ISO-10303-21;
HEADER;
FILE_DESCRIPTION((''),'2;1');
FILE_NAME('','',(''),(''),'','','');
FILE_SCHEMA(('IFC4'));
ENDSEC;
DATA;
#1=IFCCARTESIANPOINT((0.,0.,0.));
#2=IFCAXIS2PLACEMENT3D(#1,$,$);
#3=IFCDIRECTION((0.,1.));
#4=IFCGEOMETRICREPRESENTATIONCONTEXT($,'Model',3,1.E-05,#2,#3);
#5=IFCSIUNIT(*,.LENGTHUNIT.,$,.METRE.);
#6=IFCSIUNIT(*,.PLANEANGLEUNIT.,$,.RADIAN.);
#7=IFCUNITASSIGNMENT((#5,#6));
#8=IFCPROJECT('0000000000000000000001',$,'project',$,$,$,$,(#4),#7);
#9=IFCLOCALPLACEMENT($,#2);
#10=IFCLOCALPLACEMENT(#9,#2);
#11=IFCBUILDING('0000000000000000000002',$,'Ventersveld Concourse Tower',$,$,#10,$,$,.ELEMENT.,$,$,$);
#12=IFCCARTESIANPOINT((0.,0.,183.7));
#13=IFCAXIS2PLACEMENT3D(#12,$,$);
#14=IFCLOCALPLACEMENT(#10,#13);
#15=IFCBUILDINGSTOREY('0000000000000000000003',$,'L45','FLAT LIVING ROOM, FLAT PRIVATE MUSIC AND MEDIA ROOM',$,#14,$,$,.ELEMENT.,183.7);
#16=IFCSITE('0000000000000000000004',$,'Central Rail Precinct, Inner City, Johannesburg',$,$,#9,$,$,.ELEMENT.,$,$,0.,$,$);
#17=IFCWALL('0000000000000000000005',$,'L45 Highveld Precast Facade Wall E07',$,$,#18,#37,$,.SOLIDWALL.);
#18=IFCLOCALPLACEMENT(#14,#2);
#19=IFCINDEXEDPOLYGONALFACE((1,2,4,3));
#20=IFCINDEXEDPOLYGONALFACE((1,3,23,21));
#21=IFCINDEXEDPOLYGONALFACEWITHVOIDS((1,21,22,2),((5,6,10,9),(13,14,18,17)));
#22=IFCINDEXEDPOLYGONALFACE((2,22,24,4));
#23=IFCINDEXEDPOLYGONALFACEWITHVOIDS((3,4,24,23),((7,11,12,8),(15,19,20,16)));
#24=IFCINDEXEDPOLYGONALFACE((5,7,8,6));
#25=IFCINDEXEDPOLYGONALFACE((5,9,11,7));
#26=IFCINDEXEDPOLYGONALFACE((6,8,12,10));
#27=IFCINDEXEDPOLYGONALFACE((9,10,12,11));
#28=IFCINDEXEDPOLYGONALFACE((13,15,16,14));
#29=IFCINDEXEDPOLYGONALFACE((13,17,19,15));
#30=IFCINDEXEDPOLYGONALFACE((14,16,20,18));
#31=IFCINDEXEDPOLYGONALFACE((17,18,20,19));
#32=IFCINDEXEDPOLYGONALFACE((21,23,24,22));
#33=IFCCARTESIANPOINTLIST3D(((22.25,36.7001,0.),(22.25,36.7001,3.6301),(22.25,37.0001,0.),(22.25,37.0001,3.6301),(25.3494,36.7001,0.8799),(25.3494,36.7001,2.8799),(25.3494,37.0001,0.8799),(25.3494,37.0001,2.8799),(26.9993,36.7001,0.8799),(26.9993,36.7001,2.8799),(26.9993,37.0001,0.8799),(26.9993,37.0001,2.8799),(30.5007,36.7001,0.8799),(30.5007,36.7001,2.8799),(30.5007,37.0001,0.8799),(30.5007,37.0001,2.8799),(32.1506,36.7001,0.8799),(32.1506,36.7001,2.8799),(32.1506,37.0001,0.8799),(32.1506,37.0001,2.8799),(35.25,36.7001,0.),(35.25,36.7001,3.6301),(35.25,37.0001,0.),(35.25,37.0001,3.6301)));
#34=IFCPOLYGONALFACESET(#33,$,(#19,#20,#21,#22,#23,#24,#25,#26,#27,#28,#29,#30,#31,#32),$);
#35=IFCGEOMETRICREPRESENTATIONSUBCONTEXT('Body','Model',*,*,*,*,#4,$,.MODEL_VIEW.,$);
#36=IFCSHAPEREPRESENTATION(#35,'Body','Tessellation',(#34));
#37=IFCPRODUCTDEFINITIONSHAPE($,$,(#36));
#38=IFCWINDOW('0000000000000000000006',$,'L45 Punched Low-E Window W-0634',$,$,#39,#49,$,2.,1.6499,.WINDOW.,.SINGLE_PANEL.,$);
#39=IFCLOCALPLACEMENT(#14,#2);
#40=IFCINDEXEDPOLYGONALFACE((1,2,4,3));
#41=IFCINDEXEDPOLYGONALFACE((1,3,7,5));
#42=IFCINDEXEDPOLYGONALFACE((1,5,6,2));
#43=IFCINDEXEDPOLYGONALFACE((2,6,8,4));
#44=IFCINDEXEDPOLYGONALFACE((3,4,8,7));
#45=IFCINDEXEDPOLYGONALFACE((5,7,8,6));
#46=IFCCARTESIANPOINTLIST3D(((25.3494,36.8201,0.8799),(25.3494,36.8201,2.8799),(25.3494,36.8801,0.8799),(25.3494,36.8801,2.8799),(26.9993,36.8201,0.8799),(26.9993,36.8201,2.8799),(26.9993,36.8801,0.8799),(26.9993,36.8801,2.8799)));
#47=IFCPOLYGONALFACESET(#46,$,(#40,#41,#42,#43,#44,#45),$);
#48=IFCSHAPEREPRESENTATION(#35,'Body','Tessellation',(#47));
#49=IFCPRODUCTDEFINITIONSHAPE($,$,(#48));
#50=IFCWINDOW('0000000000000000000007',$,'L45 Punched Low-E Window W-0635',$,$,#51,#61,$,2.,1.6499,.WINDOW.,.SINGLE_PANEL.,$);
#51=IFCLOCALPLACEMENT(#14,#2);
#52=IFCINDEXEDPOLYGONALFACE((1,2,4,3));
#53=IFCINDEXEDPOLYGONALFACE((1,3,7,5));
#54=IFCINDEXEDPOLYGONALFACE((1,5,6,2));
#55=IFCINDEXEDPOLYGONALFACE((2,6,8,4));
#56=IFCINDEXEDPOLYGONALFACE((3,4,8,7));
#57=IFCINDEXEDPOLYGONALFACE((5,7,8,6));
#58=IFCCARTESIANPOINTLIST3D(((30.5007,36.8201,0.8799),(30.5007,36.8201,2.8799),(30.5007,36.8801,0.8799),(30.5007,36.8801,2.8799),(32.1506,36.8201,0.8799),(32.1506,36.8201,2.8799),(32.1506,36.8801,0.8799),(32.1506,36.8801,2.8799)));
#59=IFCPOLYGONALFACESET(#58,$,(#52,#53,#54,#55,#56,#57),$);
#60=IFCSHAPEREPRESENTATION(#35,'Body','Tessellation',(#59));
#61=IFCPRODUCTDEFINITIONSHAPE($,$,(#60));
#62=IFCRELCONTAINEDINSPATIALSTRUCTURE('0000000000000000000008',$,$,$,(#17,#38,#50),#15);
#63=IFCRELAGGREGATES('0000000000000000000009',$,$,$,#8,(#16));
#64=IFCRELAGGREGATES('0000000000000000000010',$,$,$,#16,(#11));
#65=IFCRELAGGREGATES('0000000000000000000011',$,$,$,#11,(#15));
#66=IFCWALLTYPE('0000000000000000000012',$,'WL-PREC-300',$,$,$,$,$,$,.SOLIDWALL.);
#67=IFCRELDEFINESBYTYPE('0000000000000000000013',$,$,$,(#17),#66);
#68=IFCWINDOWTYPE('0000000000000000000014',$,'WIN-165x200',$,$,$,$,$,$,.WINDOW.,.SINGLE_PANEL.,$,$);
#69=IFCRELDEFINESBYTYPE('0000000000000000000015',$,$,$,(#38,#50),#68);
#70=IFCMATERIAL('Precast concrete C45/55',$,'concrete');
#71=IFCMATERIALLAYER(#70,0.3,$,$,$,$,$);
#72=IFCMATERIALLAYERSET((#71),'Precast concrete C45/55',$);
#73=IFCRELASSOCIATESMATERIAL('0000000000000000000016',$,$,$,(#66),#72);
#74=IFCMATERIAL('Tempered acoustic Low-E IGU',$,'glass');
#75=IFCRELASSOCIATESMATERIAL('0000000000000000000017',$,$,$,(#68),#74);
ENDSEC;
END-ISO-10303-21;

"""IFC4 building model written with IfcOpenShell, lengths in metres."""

from ifc_helpers import new_model, si_unit, direction, frame, frame_2d, origin, place, context, subcontext, project, spatial, rectangle, extrude, material, layer, layer_set, type_object, element, fill, save


model = new_model("IFC4")

# Units and contexts
model_context = context("Model", 3, precision=1e-05, world=origin(), true_north=direction((0.0, 1.0)))
body_context = subcontext(model_context, "Body", "Model", "MODEL_VIEW")
ifc_project = project(units=[si_unit("LENGTHUNIT", "METRE"), si_unit("PLANEANGLEUNIT", "RADIAN")], contexts=[model_context])

# Site, building, storey
site_placement = place(None, origin())
site = spatial("IfcSite", under=ifc_project, at=site_placement, Name="Central Rail Precinct, Inner City, Johannesburg", CompositionType="ELEMENT", RefElevation=0.0)
building_placement = place(site_placement, origin())
building = spatial("IfcBuilding", under=site, at=building_placement, Name="Ventersveld Concourse Tower", CompositionType="ELEMENT")
storey_placement = place(building_placement, frame((0.0, 0.0, 183.7)))
storey = spatial("IfcBuildingStorey", under=building, at=storey_placement, Name="L45", Description="FLAT LIVING ROOM, FLAT PRIVATE MUSIC AND MEDIA ROOM", CompositionType="ELEMENT", Elevation=183.7)

# Shared definitions
ifc_material_1 = material(Name="Precast concrete C45/55", Category="concrete")
ifc_layer_1 = layer(ifc_material_1, 0.3)
ifc_layer_set_1 = layer_set([ifc_layer_1], Name="Precast concrete C45/55")
wall_type_1 = type_object("IfcWallType", Name="WL-PREC-300", PredefinedType="SOLIDWALL", material=ifc_layer_set_1)

# Wall, openings, windows
wall_1_placement = place(storey_placement, frame((35.25, 36.8501, 0.0), z_axis=(0.0, 0.0, 1.0), x_axis=(-1.0, 0.0, 0.0)))
wall_1 = element("IfcWall", 1, at=wall_1_placement, inside=storey, type_object=wall_type_1, Name="L45 Highveld Precast Facade Wall E07", PredefinedType="SOLIDWALL", context=body_context, shape_type="SweptSolid", body=[
    extrude(rectangle(XDim=13.0, YDim=0.3, at=frame_2d((6.5, 0.0))), origin(), (0.0, 0.0, 1.0), 3.6301),
])
opening_1_placement = place(wall_1_placement, frame((8.2507, 0.0, 0.8799)))
opening_1 = element("IfcOpeningElement", 2, at=opening_1_placement, cuts=wall_1, PredefinedType="OPENING", context=body_context, shape_type="SweptSolid", body=[
    extrude(rectangle(XDim=1.6499, YDim=2.0, at=frame_2d((0.825, 1.0))), frame((0.0, 0.1602, 0.0), z_axis=(0.0, -1.0, 0.0), x_axis=(1.0, 0.0, 0.0)), (0.0, 0.0, 1.0), 0.3201),
])
opening_2_placement = place(wall_1_placement, frame((3.0994, 0.0, 0.8799)))
opening_2 = element("IfcOpeningElement", 3, at=opening_2_placement, cuts=wall_1, PredefinedType="OPENING", context=body_context, shape_type="SweptSolid", body=[
    extrude(rectangle(XDim=1.6499, YDim=2.0, at=frame_2d((0.825, 1.0))), frame((0.0, 0.1602, 0.0), z_axis=(0.0, -1.0, 0.0), x_axis=(1.0, 0.0, 0.0)), (0.0, 0.0, 1.0), 0.3201),
])
ifc_material_2 = material(Name="Tempered acoustic Low-E IGU", Category="glass")
window_type = type_object("IfcWindowType", Name="WIN-165x200", PartitioningType="SINGLE_PANEL", PredefinedType="WINDOW", material=ifc_material_2)
window_1_placement = place(opening_1_placement, origin())
window_1 = element("IfcWindow", 4, at=window_1_placement, inside=storey, type_object=window_type, Name="L45 Punched Low-E Window W-0634", OverallHeight=2.0, OverallWidth=1.6499, PartitioningType="SINGLE_PANEL", PredefinedType="WINDOW", context=body_context, shape_type="SweptSolid", body=[
    extrude(rectangle(XDim=1.6499, YDim=2.0, at=frame_2d((0.825, 1.0))), frame((0.0, 0.03, 0.0), z_axis=(0.0, -1.0, 0.0), x_axis=(1.0, 0.0, 0.0)), (0.0, 0.0, 1.0), 0.0601),
])
fill(opening_1, window_1)
window_2_placement = place(opening_2_placement, origin())
window_2 = element("IfcWindow", 5, at=window_2_placement, inside=storey, type_object=window_type, Name="L45 Punched Low-E Window W-0635", OverallHeight=2.0, OverallWidth=1.6499, PartitioningType="SINGLE_PANEL", PredefinedType="WINDOW", context=body_context, shape_type="SweptSolid", body=[
    extrude(rectangle(XDim=1.6499, YDim=2.0, at=frame_2d((0.825, 1.0))), frame((0.0, 0.03, 0.0), z_axis=(0.0, -1.0, 0.0), x_axis=(1.0, 0.0, 0.0)), (0.0, 0.0, 1.0), 0.0601),
])
fill(opening_2, window_2)

save(model, "model.ifc")
